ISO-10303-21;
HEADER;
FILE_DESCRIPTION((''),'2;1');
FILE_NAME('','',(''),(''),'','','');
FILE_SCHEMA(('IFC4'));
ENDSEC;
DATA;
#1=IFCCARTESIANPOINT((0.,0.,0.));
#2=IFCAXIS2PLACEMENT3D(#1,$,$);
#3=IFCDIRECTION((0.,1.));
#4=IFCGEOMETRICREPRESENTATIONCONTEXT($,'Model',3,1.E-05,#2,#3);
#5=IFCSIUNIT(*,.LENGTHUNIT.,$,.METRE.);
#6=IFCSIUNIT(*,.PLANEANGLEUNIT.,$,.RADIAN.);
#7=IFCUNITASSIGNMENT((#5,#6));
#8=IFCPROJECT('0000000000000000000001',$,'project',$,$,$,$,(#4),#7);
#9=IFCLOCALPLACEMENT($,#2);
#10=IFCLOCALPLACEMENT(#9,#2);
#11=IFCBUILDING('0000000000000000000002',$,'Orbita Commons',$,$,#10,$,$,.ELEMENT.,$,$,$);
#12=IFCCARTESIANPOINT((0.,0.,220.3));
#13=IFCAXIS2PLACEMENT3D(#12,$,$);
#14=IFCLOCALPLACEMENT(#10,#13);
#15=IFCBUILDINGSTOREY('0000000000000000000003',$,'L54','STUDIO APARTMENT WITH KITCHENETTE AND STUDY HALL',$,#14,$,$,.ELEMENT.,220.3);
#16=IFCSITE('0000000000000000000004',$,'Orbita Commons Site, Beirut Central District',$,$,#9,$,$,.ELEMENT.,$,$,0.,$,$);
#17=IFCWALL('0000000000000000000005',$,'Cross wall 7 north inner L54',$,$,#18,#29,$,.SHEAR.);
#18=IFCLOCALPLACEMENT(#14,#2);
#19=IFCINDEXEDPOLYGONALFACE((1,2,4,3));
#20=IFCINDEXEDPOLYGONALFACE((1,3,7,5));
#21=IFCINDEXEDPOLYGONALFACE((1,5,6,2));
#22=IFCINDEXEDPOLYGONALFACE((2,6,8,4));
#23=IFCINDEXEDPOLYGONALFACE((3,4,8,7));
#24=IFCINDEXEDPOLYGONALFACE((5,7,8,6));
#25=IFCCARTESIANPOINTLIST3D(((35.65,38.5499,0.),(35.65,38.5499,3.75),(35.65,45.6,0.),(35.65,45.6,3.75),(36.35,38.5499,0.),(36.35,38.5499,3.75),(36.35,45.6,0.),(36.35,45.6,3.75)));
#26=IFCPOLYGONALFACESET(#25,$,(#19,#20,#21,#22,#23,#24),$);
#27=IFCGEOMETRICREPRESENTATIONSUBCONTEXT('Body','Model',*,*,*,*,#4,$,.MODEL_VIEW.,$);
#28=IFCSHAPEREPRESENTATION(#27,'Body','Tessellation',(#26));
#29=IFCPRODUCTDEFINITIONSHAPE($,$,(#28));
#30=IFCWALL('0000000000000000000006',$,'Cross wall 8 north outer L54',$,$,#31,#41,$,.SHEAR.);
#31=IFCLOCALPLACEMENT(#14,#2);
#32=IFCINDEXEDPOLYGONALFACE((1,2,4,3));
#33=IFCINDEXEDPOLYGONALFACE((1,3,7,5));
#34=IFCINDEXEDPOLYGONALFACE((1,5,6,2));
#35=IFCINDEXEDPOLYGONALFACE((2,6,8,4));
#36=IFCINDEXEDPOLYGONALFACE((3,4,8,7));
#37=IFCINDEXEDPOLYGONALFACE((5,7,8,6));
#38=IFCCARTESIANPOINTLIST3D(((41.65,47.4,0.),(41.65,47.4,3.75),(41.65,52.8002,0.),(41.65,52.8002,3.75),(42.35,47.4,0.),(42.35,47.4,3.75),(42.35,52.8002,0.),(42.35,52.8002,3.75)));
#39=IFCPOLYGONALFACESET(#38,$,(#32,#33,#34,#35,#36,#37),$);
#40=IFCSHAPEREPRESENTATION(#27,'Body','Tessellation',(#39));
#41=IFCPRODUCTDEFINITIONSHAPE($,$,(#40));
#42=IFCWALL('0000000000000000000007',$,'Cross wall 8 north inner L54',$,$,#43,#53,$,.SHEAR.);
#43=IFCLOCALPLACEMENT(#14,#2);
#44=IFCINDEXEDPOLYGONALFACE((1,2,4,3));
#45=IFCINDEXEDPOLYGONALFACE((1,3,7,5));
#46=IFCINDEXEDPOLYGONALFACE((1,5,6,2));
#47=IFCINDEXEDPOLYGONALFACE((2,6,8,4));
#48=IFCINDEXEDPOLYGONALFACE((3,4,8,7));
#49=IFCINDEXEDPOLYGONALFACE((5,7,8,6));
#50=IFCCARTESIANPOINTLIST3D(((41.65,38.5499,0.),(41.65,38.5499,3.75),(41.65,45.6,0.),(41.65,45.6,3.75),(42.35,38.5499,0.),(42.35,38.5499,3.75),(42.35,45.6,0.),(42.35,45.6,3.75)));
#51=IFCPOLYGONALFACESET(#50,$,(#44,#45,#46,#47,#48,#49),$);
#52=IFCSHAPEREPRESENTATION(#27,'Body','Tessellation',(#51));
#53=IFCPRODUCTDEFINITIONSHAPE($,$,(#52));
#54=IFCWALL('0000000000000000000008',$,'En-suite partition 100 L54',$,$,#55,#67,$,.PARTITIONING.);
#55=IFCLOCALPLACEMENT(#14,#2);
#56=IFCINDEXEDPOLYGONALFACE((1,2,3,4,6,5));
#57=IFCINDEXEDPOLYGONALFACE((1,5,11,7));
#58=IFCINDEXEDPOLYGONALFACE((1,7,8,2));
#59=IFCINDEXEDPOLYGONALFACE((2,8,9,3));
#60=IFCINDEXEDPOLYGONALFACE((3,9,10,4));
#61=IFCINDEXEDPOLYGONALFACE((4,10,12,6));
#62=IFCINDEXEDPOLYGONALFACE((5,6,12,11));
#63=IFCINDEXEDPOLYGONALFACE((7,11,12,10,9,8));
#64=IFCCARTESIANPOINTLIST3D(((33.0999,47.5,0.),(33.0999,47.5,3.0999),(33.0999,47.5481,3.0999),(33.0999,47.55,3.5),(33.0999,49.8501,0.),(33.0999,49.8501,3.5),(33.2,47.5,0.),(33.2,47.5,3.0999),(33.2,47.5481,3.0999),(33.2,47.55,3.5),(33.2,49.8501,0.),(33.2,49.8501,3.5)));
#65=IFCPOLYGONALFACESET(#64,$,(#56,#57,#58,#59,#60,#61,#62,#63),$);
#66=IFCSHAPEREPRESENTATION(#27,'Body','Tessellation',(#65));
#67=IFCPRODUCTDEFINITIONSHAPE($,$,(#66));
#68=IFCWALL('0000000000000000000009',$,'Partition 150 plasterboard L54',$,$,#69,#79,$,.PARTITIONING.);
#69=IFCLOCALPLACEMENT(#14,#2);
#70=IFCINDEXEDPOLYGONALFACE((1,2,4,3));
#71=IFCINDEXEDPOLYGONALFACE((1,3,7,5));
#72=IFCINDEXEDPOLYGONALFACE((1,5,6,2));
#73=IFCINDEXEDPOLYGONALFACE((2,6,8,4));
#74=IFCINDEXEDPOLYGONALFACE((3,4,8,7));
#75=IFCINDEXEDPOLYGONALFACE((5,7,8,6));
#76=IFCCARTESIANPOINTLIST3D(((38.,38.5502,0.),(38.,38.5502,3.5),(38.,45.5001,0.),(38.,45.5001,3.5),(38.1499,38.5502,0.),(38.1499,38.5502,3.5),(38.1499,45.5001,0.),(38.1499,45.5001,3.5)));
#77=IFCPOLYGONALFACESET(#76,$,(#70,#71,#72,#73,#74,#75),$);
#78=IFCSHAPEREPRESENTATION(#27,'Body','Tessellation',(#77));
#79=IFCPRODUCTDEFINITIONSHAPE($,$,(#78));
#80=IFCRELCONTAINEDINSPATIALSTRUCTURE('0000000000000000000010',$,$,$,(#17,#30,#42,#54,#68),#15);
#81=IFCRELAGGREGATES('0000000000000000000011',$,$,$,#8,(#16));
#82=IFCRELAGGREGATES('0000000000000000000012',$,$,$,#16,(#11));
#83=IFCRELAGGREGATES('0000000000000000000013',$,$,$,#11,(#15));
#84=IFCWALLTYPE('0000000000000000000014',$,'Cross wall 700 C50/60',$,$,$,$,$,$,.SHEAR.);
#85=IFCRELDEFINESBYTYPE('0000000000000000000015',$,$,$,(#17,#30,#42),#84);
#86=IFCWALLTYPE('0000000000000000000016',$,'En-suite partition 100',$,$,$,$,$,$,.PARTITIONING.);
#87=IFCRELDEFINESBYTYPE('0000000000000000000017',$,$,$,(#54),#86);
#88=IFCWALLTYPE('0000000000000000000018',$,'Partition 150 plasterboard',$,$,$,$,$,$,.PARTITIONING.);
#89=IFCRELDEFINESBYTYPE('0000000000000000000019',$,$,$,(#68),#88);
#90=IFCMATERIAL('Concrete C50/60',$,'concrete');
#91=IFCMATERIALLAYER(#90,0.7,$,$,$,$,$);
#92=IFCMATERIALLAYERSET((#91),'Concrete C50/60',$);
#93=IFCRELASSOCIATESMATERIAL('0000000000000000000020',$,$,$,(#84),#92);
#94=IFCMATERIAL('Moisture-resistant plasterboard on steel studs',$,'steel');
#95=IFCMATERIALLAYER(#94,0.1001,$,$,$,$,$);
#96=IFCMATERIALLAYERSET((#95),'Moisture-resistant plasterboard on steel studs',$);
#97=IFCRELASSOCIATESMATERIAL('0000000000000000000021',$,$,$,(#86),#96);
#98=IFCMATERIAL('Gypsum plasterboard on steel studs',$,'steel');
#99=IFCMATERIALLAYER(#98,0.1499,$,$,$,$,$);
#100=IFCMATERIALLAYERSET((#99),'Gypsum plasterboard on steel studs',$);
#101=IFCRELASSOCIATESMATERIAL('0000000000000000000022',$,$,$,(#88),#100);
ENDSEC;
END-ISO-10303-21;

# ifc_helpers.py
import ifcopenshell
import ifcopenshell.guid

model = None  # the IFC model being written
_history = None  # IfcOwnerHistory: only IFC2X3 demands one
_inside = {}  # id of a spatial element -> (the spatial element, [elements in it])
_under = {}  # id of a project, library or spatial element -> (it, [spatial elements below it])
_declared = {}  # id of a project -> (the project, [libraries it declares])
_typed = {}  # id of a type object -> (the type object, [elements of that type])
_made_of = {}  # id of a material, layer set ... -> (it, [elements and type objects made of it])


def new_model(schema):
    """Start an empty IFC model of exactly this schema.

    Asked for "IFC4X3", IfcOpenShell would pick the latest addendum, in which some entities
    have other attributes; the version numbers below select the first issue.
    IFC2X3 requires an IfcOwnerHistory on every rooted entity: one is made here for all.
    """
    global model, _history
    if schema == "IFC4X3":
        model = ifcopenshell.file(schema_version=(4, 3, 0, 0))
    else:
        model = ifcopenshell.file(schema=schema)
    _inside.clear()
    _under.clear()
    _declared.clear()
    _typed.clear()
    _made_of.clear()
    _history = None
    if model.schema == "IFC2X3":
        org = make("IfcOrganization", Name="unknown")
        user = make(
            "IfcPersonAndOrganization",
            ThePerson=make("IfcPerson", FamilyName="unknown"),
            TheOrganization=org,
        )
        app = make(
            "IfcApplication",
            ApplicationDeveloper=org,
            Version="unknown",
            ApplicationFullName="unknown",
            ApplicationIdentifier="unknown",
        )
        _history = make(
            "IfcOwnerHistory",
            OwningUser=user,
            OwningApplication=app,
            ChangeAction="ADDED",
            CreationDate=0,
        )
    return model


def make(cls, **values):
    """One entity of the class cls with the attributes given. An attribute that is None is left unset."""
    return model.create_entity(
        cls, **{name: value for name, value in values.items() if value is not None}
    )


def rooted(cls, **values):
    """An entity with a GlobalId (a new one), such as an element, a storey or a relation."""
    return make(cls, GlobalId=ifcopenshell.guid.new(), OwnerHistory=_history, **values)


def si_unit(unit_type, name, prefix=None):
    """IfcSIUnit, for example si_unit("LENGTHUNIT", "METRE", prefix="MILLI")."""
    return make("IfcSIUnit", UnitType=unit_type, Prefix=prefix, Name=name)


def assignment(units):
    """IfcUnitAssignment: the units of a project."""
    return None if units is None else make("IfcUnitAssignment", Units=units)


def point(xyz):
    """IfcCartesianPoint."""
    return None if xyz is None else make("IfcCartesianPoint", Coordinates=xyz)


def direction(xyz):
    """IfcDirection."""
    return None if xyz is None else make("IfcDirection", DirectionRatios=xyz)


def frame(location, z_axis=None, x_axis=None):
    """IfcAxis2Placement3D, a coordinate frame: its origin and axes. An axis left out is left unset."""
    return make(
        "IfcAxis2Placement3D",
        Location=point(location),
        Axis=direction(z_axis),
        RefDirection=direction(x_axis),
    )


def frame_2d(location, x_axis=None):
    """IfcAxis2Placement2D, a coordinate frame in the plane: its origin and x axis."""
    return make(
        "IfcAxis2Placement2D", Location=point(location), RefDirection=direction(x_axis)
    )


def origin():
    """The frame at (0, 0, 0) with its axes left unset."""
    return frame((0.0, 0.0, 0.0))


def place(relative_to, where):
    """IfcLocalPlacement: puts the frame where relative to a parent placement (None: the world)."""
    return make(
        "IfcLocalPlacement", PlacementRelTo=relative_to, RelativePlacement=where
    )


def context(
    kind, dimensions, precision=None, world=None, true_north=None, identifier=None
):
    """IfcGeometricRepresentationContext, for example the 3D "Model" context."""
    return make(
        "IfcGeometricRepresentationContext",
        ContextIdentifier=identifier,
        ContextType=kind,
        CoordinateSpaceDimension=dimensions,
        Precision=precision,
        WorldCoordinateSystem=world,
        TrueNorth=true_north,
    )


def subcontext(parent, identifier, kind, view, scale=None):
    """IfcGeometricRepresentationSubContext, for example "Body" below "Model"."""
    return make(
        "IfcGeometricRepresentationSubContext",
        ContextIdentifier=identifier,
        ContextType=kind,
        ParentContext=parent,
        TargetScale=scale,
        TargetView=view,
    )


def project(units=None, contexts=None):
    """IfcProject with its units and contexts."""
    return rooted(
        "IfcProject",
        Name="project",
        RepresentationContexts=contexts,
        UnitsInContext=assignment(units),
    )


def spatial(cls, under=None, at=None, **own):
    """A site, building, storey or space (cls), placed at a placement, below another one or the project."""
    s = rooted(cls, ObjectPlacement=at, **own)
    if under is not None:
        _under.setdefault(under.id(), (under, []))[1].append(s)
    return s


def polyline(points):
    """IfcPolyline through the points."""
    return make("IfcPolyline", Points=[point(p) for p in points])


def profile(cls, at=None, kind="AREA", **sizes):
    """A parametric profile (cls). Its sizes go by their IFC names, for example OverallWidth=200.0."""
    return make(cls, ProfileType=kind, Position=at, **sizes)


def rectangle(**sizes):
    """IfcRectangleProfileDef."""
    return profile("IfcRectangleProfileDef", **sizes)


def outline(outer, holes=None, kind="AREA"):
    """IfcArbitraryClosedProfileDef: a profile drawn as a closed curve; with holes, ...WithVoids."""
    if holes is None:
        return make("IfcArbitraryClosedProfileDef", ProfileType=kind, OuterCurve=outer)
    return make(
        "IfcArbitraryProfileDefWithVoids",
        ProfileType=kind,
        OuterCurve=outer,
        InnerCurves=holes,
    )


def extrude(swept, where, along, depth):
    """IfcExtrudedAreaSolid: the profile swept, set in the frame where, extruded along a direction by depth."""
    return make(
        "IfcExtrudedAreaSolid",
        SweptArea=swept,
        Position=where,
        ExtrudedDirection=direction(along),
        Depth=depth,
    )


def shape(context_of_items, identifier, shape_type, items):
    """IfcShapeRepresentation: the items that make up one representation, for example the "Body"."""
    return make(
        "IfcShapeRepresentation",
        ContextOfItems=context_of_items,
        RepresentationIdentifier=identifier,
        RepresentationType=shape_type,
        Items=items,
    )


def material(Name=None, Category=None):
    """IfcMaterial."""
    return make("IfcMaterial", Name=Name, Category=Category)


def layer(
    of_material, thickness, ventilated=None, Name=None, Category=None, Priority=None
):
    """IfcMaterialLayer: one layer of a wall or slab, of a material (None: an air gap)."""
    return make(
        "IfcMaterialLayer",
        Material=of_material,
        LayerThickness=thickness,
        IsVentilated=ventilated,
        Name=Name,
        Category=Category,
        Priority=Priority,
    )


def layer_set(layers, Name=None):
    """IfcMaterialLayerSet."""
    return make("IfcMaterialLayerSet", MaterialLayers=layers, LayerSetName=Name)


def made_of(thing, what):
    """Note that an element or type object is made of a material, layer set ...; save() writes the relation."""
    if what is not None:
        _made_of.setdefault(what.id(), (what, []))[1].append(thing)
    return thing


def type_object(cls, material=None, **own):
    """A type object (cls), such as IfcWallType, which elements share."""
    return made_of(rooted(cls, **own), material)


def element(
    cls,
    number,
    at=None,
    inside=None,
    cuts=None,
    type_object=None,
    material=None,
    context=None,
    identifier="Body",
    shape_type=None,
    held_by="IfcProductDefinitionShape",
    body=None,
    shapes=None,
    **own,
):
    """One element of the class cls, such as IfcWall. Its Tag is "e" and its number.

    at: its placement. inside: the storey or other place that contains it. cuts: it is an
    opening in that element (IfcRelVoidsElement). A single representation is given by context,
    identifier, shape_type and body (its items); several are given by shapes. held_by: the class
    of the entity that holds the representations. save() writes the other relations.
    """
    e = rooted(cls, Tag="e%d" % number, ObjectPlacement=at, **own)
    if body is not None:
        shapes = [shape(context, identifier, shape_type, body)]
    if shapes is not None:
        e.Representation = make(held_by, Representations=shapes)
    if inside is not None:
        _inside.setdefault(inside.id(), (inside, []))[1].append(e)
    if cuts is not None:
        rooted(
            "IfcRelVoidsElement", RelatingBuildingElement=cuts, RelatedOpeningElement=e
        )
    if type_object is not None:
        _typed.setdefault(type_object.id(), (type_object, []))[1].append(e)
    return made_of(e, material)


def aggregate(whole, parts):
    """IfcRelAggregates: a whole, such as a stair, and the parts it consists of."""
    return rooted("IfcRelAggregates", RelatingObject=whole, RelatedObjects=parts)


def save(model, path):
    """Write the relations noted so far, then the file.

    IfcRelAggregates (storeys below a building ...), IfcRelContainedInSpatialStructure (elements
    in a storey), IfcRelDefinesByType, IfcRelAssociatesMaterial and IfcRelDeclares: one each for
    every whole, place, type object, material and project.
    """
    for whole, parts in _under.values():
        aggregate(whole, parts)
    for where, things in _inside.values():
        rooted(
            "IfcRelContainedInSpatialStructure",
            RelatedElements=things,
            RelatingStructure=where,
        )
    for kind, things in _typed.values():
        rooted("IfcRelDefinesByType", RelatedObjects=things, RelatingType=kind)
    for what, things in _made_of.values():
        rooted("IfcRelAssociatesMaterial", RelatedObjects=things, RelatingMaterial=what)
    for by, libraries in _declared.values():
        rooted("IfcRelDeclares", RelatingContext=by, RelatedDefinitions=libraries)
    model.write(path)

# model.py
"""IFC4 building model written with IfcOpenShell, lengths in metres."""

from ifc_helpers import new_model, si_unit, direction, frame, frame_2d, origin, place, context, subcontext, project, spatial, polyline, rectangle, outline, extrude, material, layer, layer_set, type_object, element, save


model = new_model("IFC4")

# Units and contexts
model_context = context("Model", 3, precision=1e-05, world=origin(), true_north=direction((0.0, 1.0)))
body_context = subcontext(model_context, "Body", "Model", "MODEL_VIEW")
ifc_project = project(units=[si_unit("LENGTHUNIT", "METRE"), si_unit("PLANEANGLEUNIT", "RADIAN")], contexts=[model_context])

# Site, building, storey
site_placement = place(None, origin())
site = spatial("IfcSite", under=ifc_project, at=site_placement, Name="Orbita Commons Site, Beirut Central District", CompositionType="ELEMENT", RefElevation=0.0)
building_placement = place(site_placement, origin())
building = spatial("IfcBuilding", under=site, at=building_placement, Name="Orbita Commons", CompositionType="ELEMENT")
storey_placement = place(building_placement, frame((0.0, 0.0, 220.3)))
storey = spatial("IfcBuildingStorey", under=building, at=storey_placement, Name="L54", Description="STUDIO APARTMENT WITH KITCHENETTE AND STUDY HALL", CompositionType="ELEMENT", Elevation=220.3)

# Walls
ifc_material_1 = material(Name="Concrete C50/60", Category="concrete")
ifc_layer_1 = layer(ifc_material_1, 0.7)
ifc_layer_set_1 = layer_set([ifc_layer_1], Name="Concrete C50/60")
wall_type_1 = type_object("IfcWallType", Name="Cross wall 700 C50/60", PredefinedType="SHEAR", material=ifc_layer_set_1)
wall_1_placement = place(storey_placement, frame((36.0, 38.55, 0.0), z_axis=(0.0, 0.0, 1.0), x_axis=(0.0, 1.0, 0.0)))
element("IfcWall", 1, at=wall_1_placement, inside=storey, type_object=wall_type_1, Name="Cross wall 7 north inner L54", PredefinedType="SHEAR", context=body_context, shape_type="SweptSolid", body=[
    extrude(rectangle(XDim=7.05, YDim=0.7, at=frame_2d((3.5249, 0.0))), origin(), (0.0, 0.0, 1.0), 3.75),
])
wall_2_placement = place(storey_placement, frame((42.0, 47.3999, 0.0), z_axis=(0.0, 0.0, 1.0), x_axis=(0.0, 1.0, 0.0)))
element("IfcWall", 2, at=wall_2_placement, inside=storey, type_object=wall_type_1, Name="Cross wall 8 north outer L54", PredefinedType="SHEAR", context=body_context, shape_type="SweptSolid", body=[
    extrude(rectangle(XDim=5.4001, YDim=0.7, at=frame_2d((2.7002, 0.0))), origin(), (0.0, 0.0, 1.0), 3.75),
])
wall_3_placement = place(storey_placement, frame((42.0, 38.55, 0.0), z_axis=(0.0, 0.0, 1.0), x_axis=(0.0, 1.0, 0.0)))
element("IfcWall", 3, at=wall_3_placement, inside=storey, type_object=wall_type_1, Name="Cross wall 8 north inner L54", PredefinedType="SHEAR", context=body_context, shape_type="SweptSolid", body=[
    extrude(rectangle(XDim=7.05, YDim=0.7, at=frame_2d((3.5249, 0.0))), origin(), (0.0, 0.0, 1.0), 3.75),
])
ifc_material_2 = material(Name="Moisture-resistant plasterboard on steel studs", Category="steel")
ifc_layer_2 = layer(ifc_material_2, 0.1001)
ifc_layer_set_2 = layer_set([ifc_layer_2], Name="Moisture-resistant plasterboard on steel studs")
wall_type_2 = type_object("IfcWallType", Name="En-suite partition 100", PredefinedType="PARTITIONING", material=ifc_layer_set_2)
wall_4_placement = place(storey_placement, frame((33.1499, 49.8501, 0.0), z_axis=(0.0, 0.0, 1.0), x_axis=(0.0, -1.0, 0.0)))
element("IfcWall", 4, at=wall_4_placement, inside=storey, type_object=wall_type_2, Name="En-suite partition 100 L54", PredefinedType="PARTITIONING", context=body_context, shape_type="SweptSolid", body=[
    extrude(outline(polyline([(0.0, 0.0), (2.3501, 0.0), (2.3501, 3.0999), (2.302, 3.0999), (2.3, 3.5), (0.0, 3.5), (0.0, 0.0)])), frame((0.0, 0.05, 0.0), z_axis=(0.0, -1.0, 0.0), x_axis=(1.0, 0.0, 0.0)), (0.0, 0.0, 1.0), 0.1001),
])
ifc_material_3 = material(Name="Gypsum plasterboard on steel studs", Category="steel")
ifc_layer_3 = layer(ifc_material_3, 0.1499)
ifc_layer_set_3 = layer_set([ifc_layer_3], Name="Gypsum plasterboard on steel studs")
wall_type_3 = type_object("IfcWallType", Name="Partition 150 plasterboard", PredefinedType="PARTITIONING", material=ifc_layer_set_3)
wall_5_placement = place(storey_placement, frame((38.075, 38.55, 0.0), z_axis=(0.0, 0.0, 1.0), x_axis=(0.0, 1.0, 0.0)))
element("IfcWall", 5, at=wall_5_placement, inside=storey, type_object=wall_type_3, Name="Partition 150 plasterboard L54", PredefinedType="PARTITIONING", context=body_context, shape_type="SweptSolid", body=[
    extrude(rectangle(XDim=6.95, YDim=0.1499, at=frame_2d((3.4751, 0.0))), origin(), (0.0, 0.0, 1.0), 3.5),
])

save(model, "model.ifc")
